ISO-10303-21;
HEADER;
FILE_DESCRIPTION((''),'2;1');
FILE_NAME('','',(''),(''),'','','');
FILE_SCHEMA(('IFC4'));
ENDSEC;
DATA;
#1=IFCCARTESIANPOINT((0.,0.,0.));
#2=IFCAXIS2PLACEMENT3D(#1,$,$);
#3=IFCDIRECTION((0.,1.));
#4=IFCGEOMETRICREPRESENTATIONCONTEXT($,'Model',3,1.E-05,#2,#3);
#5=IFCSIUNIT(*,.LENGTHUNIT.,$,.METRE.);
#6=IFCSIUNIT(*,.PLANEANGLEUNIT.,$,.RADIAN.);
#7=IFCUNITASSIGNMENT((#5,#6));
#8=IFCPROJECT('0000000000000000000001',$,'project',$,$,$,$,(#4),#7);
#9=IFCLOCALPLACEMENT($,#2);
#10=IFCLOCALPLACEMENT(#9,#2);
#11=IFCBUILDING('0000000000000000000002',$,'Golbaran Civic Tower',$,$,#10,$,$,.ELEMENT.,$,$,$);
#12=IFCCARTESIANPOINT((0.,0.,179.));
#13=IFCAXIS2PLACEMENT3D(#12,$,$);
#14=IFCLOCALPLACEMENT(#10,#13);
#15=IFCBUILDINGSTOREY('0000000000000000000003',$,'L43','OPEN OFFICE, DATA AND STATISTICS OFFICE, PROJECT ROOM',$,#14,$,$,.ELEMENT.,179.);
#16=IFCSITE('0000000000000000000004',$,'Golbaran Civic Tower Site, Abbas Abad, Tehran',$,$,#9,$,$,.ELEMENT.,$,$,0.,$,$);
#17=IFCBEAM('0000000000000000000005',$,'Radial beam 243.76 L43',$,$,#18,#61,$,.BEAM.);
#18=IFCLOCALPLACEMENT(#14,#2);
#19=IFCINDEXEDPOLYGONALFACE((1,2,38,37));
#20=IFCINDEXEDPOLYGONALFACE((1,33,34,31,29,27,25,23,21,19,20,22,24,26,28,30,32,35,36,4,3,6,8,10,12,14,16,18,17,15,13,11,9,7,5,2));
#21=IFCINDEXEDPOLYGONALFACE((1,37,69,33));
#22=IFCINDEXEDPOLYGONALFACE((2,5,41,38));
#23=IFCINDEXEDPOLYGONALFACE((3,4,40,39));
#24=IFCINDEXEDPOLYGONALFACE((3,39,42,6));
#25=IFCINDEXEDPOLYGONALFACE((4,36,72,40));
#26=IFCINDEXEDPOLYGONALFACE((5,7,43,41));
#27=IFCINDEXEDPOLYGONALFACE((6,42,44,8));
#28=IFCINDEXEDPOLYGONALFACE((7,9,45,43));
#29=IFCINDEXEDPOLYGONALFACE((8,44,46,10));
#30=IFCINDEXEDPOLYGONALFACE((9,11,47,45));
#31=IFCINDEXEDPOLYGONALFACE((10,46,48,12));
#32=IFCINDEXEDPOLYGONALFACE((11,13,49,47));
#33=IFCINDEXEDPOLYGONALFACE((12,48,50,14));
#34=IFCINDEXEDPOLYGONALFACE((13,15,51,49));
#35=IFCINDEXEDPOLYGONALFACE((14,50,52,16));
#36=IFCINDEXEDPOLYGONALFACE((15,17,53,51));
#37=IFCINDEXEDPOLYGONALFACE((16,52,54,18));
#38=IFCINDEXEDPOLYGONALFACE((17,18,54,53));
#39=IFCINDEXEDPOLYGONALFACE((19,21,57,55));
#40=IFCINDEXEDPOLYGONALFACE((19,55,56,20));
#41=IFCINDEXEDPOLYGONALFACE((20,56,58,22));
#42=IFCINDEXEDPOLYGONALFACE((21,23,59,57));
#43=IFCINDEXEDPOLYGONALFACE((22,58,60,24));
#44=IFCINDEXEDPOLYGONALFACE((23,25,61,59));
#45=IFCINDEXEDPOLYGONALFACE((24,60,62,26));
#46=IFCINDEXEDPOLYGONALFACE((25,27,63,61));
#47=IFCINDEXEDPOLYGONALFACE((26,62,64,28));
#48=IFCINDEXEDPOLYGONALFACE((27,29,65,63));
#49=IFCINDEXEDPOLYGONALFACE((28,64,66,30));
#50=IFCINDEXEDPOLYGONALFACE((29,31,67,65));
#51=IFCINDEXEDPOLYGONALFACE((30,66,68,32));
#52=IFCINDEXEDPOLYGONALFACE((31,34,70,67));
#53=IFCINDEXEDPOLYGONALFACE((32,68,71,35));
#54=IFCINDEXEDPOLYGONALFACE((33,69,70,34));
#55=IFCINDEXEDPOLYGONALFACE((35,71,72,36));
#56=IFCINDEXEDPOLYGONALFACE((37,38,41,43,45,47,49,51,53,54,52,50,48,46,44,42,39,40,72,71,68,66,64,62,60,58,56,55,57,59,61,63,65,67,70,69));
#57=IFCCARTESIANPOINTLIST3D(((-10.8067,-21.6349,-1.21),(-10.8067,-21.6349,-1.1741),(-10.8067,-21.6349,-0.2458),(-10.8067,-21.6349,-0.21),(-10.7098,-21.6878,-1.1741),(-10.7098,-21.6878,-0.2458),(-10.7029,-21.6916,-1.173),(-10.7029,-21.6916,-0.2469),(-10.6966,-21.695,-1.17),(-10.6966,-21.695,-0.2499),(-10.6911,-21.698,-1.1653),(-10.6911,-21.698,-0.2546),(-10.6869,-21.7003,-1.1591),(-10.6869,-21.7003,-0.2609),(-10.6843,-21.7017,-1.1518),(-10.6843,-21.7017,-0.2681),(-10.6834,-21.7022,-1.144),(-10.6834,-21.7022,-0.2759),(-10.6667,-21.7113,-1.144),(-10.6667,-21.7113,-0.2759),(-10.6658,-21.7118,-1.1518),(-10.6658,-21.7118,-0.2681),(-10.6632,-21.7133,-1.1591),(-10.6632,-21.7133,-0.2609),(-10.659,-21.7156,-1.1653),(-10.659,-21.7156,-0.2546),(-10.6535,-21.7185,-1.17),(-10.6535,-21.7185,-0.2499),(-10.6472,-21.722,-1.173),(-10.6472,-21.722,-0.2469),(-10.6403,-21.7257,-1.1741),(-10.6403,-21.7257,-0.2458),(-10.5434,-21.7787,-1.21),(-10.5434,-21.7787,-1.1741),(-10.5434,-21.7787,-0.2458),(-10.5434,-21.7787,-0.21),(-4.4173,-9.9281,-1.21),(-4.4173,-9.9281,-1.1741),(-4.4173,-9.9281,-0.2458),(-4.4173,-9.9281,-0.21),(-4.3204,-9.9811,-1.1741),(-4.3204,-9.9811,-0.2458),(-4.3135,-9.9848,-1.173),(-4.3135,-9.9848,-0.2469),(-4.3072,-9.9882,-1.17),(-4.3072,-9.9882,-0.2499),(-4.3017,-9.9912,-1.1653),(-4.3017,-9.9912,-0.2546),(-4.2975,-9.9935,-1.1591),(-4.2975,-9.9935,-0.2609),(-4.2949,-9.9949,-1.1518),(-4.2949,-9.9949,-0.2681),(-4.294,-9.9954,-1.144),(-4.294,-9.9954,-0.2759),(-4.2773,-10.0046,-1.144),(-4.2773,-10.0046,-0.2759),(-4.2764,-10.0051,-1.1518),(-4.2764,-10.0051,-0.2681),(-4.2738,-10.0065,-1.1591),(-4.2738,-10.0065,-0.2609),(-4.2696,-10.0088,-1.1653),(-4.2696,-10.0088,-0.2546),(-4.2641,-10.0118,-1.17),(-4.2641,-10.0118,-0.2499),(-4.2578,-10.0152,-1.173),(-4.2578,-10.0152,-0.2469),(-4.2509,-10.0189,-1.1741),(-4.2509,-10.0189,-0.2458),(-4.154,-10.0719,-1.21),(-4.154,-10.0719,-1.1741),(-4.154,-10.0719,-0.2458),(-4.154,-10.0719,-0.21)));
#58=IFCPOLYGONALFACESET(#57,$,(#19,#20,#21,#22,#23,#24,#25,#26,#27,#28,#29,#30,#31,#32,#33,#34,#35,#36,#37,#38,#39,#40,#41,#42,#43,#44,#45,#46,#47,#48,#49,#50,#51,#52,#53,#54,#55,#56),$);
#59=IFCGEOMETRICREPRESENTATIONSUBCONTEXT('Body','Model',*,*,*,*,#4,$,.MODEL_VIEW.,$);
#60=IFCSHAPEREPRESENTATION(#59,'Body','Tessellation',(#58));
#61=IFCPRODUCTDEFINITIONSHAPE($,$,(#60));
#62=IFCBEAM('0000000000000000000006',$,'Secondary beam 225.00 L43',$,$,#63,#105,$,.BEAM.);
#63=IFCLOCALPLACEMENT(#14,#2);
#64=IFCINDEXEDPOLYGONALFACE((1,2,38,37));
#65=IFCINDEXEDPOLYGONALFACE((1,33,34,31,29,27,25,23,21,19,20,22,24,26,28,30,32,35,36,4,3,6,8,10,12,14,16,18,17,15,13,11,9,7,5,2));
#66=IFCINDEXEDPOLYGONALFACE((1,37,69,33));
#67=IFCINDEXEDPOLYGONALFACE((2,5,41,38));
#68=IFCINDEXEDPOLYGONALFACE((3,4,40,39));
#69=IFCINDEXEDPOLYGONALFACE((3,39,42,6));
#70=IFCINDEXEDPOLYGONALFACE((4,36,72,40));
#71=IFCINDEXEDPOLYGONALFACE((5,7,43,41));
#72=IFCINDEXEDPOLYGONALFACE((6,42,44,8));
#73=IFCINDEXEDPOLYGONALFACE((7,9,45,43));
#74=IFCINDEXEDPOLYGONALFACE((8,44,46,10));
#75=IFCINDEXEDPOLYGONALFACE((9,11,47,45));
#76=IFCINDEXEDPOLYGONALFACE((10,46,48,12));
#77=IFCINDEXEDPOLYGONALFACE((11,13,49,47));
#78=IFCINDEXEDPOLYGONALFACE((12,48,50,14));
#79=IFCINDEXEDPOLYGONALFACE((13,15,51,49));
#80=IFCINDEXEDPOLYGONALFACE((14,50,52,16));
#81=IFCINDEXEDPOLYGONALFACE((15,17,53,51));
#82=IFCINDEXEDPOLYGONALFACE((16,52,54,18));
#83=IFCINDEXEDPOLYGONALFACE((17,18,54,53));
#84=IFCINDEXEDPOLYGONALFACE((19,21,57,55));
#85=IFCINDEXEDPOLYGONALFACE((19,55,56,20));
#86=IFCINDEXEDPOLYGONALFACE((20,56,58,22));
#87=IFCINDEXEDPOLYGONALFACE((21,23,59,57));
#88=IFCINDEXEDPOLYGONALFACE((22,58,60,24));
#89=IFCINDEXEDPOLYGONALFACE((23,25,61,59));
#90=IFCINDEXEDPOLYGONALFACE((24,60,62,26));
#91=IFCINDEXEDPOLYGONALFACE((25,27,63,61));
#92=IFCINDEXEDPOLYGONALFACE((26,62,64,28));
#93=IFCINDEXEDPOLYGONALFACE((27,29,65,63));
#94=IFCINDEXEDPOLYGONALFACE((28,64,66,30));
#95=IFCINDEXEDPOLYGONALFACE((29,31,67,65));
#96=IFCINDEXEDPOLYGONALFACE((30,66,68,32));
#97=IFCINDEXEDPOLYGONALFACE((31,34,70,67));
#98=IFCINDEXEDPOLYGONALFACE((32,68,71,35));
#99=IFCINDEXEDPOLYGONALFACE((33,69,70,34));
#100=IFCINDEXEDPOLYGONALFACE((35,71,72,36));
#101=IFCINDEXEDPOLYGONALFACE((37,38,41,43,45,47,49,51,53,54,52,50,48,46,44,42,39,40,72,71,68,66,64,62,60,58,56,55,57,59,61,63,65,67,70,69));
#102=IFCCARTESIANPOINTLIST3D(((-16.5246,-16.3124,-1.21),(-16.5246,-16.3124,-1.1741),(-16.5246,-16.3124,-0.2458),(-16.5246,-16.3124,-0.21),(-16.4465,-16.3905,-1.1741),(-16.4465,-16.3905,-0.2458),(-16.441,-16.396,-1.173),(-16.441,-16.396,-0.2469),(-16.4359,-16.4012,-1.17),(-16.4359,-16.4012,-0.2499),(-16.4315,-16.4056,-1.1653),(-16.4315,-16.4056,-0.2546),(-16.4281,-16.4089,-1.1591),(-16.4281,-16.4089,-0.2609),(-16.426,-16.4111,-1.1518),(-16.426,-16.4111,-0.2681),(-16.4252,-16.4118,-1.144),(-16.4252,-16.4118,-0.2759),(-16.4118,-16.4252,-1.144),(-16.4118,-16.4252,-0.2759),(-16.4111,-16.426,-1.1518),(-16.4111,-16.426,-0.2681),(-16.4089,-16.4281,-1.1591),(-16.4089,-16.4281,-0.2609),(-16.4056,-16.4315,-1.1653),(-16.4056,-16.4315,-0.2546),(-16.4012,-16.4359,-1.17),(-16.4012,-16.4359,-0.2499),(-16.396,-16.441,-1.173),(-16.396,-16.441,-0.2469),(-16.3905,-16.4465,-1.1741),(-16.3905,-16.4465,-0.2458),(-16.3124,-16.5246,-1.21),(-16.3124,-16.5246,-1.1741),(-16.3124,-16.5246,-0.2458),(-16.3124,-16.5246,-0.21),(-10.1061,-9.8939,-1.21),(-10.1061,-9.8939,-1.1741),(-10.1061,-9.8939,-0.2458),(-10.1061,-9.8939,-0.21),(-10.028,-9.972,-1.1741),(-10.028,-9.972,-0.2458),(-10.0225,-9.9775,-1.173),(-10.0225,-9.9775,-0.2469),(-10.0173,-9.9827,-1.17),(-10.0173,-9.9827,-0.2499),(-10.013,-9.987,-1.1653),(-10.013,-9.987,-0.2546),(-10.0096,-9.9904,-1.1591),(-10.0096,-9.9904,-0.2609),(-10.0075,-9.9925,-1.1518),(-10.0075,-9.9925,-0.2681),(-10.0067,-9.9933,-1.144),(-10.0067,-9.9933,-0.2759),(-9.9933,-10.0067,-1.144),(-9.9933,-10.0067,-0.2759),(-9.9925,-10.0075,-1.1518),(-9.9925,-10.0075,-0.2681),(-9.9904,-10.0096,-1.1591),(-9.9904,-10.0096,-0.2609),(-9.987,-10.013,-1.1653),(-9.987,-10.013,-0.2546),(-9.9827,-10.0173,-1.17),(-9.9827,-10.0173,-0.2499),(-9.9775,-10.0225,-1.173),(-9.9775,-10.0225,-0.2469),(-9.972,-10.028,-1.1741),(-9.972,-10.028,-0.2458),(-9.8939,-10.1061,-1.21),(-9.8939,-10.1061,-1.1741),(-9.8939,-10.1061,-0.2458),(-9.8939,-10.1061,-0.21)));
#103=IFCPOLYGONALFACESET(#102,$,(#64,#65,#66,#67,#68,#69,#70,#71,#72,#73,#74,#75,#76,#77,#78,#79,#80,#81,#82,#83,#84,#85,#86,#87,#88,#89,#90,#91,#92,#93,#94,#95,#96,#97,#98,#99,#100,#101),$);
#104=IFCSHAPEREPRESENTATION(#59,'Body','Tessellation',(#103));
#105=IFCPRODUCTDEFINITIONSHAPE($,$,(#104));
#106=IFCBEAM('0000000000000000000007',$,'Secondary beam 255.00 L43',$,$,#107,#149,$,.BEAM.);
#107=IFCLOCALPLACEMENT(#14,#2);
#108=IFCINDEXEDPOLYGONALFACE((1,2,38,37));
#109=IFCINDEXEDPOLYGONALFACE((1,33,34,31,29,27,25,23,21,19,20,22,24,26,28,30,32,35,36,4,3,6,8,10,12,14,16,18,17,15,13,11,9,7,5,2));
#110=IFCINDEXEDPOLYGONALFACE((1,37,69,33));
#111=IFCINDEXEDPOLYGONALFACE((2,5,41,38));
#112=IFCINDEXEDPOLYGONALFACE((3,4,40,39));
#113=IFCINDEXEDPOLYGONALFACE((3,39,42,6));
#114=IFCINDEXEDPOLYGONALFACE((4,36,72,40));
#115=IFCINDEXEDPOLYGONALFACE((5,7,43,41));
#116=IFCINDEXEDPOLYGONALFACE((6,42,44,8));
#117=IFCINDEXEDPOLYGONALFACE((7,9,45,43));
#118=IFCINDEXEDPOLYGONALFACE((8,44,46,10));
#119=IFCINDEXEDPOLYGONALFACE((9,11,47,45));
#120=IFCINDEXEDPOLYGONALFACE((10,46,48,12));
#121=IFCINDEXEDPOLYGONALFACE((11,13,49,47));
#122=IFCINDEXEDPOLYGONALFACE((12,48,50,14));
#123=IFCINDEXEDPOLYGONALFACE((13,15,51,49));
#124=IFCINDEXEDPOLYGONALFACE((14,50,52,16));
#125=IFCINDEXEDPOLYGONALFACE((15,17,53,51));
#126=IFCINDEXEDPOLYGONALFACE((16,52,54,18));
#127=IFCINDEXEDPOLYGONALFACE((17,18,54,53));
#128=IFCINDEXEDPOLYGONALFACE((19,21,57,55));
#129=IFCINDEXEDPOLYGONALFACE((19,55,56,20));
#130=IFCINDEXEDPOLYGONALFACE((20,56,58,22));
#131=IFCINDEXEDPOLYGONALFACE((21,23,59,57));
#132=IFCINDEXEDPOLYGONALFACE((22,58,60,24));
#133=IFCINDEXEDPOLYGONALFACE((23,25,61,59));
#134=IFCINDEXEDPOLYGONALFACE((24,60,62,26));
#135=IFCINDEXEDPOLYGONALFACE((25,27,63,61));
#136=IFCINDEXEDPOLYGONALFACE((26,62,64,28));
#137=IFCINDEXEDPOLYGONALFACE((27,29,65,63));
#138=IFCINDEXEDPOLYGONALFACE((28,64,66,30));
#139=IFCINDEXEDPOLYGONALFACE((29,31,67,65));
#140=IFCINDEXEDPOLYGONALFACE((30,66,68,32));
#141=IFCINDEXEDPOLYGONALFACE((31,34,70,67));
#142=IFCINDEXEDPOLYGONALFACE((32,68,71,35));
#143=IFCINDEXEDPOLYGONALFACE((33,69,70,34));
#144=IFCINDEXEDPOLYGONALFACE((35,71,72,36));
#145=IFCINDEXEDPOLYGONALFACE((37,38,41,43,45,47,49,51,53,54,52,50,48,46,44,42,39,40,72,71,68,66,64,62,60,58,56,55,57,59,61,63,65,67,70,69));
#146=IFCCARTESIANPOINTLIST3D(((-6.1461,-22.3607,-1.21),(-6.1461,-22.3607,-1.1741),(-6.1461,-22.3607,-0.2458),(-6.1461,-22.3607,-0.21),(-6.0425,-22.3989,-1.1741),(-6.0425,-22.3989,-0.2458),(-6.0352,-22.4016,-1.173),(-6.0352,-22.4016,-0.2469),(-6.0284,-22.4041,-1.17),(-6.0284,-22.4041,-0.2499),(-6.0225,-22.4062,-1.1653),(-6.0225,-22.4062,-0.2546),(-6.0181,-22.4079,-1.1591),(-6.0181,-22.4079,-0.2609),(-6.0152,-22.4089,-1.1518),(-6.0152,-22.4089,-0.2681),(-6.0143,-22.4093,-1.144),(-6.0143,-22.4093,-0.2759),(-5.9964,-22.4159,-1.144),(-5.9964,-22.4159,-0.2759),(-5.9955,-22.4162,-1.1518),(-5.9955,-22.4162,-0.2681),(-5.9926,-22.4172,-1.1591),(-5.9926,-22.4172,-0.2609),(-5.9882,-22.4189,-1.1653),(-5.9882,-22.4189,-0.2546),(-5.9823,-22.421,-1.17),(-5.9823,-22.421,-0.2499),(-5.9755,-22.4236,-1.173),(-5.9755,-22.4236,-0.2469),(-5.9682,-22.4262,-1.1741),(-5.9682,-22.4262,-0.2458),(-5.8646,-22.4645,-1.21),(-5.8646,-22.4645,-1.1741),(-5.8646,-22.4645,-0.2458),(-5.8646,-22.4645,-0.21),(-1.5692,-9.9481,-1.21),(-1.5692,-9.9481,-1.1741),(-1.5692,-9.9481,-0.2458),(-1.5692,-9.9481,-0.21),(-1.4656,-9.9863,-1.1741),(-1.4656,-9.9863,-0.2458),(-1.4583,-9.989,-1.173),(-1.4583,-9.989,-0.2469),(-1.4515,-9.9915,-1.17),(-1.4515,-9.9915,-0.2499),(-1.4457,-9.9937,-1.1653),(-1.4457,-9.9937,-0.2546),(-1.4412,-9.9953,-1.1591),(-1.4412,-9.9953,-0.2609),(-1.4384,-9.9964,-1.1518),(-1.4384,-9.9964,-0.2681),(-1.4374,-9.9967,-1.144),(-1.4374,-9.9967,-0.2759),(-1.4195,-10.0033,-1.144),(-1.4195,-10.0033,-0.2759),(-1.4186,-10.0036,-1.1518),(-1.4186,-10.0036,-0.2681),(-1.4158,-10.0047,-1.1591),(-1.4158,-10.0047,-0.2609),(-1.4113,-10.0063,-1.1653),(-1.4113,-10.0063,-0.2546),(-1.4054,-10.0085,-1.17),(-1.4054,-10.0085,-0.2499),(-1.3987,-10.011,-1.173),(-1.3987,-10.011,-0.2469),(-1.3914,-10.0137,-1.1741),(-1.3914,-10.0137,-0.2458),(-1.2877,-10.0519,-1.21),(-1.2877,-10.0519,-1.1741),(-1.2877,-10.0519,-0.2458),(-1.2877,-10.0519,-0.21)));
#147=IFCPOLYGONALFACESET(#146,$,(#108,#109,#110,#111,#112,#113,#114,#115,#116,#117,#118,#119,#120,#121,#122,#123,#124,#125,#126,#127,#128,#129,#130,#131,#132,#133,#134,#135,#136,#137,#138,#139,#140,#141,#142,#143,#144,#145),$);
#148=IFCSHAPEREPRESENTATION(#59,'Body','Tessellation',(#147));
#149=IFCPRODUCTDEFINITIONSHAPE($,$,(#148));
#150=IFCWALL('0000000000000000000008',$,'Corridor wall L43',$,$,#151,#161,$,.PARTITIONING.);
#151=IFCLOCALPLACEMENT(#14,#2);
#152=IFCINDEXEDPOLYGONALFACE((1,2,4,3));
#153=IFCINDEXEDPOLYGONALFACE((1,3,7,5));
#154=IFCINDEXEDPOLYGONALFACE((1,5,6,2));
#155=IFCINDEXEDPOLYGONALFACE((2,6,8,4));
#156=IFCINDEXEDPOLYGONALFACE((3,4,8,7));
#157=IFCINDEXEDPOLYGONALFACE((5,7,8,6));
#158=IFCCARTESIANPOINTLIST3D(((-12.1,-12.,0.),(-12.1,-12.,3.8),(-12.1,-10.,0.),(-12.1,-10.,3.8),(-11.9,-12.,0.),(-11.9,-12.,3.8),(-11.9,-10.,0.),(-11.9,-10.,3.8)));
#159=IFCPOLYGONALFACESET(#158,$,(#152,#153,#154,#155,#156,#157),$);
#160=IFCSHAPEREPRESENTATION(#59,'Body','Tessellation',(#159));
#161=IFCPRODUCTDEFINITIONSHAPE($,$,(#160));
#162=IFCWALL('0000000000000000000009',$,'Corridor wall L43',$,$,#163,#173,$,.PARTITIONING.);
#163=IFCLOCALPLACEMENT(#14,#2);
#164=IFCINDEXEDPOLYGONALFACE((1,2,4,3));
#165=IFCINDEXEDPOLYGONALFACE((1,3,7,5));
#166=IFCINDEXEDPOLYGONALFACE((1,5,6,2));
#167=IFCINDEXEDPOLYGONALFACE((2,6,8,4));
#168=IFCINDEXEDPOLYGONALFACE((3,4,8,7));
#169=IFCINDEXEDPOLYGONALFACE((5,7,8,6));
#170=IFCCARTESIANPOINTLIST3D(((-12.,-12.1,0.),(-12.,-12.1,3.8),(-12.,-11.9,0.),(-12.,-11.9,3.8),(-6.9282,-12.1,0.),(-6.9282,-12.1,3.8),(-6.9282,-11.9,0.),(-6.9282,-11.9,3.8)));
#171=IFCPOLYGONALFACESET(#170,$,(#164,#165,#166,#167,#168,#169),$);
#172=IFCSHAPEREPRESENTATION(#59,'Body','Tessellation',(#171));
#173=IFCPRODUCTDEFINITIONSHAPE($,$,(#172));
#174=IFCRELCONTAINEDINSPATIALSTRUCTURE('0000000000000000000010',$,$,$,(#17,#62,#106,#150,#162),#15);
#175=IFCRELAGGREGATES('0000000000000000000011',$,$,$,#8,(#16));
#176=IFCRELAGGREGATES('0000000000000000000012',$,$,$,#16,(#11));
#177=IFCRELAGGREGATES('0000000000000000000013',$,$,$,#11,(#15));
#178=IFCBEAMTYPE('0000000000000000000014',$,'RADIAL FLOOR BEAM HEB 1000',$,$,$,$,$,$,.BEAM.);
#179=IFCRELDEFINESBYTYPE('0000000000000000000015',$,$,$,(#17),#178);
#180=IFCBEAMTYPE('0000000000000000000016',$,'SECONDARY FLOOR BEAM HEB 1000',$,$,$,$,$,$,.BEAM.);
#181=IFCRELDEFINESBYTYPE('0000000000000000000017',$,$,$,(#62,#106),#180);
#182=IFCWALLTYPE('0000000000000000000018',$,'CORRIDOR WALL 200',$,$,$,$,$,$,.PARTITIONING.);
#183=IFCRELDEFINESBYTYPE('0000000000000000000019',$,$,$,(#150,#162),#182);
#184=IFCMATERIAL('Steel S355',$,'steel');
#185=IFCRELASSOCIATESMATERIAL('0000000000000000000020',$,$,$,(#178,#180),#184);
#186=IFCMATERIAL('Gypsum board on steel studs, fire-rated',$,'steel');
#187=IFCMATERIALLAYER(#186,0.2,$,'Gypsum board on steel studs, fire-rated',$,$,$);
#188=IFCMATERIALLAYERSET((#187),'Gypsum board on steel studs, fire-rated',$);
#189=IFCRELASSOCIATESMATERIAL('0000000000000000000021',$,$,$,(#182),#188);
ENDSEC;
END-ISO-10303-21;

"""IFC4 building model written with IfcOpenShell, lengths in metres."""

from ifc_helpers import new_model, si_unit, direction, frame, frame_2d, origin, origin_2d, place, context, subcontext, project, spatial, rectangle, i_section, extrude, material, layer, layer_set, material_profile, profile_set, type_object, element, save


model = new_model("IFC4")

# Units and contexts
model_context = context("Model", 3, precision=1e-05, world=origin(), true_north=direction((0.0, 1.0)))
body_context = subcontext(model_context, "Body", "Model", "MODEL_VIEW")
ifc_project = project(units=[si_unit("LENGTHUNIT", "METRE"), si_unit("PLANEANGLEUNIT", "RADIAN")], contexts=[model_context])

# Site, building, storey
site_placement = place(None, origin())
site = spatial("IfcSite", under=ifc_project, at=site_placement, Name="Golbaran Civic Tower Site, Abbas Abad, Tehran", CompositionType="ELEMENT", RefElevation=0.0)
building_placement = place(site_placement, origin())
building = spatial("IfcBuilding", under=site, at=building_placement, Name="Golbaran Civic Tower", CompositionType="ELEMENT")
storey_placement = place(building_placement, frame((0.0, 0.0, 179.0)))
storey = spatial("IfcBuildingStorey", under=building, at=storey_placement, Name="L43", Description="OPEN OFFICE, DATA AND STATISTICS OFFICE, PROJECT ROOM", CompositionType="ELEMENT", Elevation=179.0)

# Beams
ifc_material_1 = material(Name="Steel S355", Category="steel")
ifc_material_profile_1 = material_profile(ifc_material_1, i_section(OverallWidth=0.3, OverallDepth=1.0, WebThickness=0.019, FlangeThickness=0.0359, FilletRadius=0.03, at=origin_2d()), Name="HEB 1000")
ifc_profile_set_1 = profile_set([ifc_material_profile_1], Name="Steel S355")
beam_type_1 = type_object("IfcBeamType", Name="RADIAL FLOOR BEAM HEB 1000", PredefinedType="BEAM", material=ifc_profile_set_1)
beam_1_placement = place(storey_placement, frame((-4.2856, -10.0, -0.71), z_axis=(-0.479077, -0.877773, 0.0), x_axis=(0.877773, -0.479077, 0.0)))
element("IfcBeam", 1, at=beam_1_placement, inside=storey, type_object=beam_type_1, Name="Radial beam 243.76 L43", PredefinedType="BEAM", context=body_context, shape_type="SweptSolid", body=[
    extrude(i_section(OverallWidth=0.3, OverallDepth=1.0, WebThickness=0.019, FlangeThickness=0.0359, FilletRadius=0.03, at=origin_2d()), origin(), (0.0, 0.0, 1.0), 13.3369),
])
ifc_material_profile_2 = material_profile(ifc_material_1, i_section(OverallWidth=0.3, OverallDepth=1.0, WebThickness=0.019, FlangeThickness=0.0359, FilletRadius=0.03, at=origin_2d()), Name="HEB 1000")
ifc_profile_set_2 = profile_set([ifc_material_profile_2], Name="Steel S355")
beam_type_2 = type_object("IfcBeamType", Name="SECONDARY FLOOR BEAM HEB 1000", PredefinedType="BEAM", material=ifc_profile_set_2)
beam_2_placement = place(storey_placement, frame((-10.0, -10.0, -0.71), z_axis=(-0.707107, -0.707107, 0.0), x_axis=(0.707107, -0.707107, 0.0)))
element("IfcBeam", 2, at=beam_2_placement, inside=storey, type_object=beam_type_2, Name="Secondary beam 225.00 L43", PredefinedType="BEAM", context=body_context, shape_type="SweptSolid", body=[
    extrude(i_section(OverallWidth=0.3, OverallDepth=1.0, WebThickness=0.019, FlangeThickness=0.0359, FilletRadius=0.03, at=origin_2d()), origin(), (0.0, 0.0, 1.0), 9.0771),
])
beam_3_placement = place(storey_placement, frame((-1.4285, -10.0, -0.71), z_axis=(-0.345961, -0.938249, 0.0), x_axis=(0.938249, -0.345961, 0.0)))
element("IfcBeam", 3, at=beam_3_placement, inside=storey, type_object=beam_type_2, Name="Secondary beam 255.00 L43", PredefinedType="BEAM", context=body_context, shape_type="SweptSolid", body=[
    extrude(i_section(OverallWidth=0.3, OverallDepth=1.0, WebThickness=0.019, FlangeThickness=0.0359, FilletRadius=0.03, at=origin_2d()), origin(), (0.0, 0.0, 1.0), 13.2295),
])

# Walls
ifc_material_2 = material(Name="Gypsum board on steel studs, fire-rated", Category="steel")
ifc_layer_1 = layer(ifc_material_2, 0.2, Name="Gypsum board on steel studs, fire-rated")
ifc_layer_set_1 = layer_set([ifc_layer_1], Name="Gypsum board on steel studs, fire-rated")
wall_type_1 = type_object("IfcWallType", Name="CORRIDOR WALL 200", PredefinedType="PARTITIONING", material=ifc_layer_set_1)
wall_1_placement = place(storey_placement, frame((-12.0, -10.0, 0.0), z_axis=(0.0, 0.0, 1.0), x_axis=(0.0, -1.0, 0.0)))
element("IfcWall", 4, at=wall_1_placement, inside=storey, type_object=wall_type_1, Name="Corridor wall L43", PredefinedType="PARTITIONING", context=body_context, shape_type="SweptSolid", body=[
    extrude(rectangle(XDim=2.0, YDim=0.2, at=frame_2d((1.0, 0.0))), origin(), (0.0, 0.0, 1.0), 3.8),
])
wall_2_placement = place(storey_placement, frame((-12.0, -12.0, 0.0), z_axis=(0.0, 0.0, 1.0), x_axis=(1.0, 0.0, 0.0)))
element("IfcWall", 5, at=wall_2_placement, inside=storey, type_object=wall_type_1, Name="Corridor wall L43", PredefinedType="PARTITIONING", context=body_context, shape_type="SweptSolid", body=[
    extrude(rectangle(XDim=5.0718, YDim=0.2, at=frame_2d((2.5359, 0.0))), origin(), (0.0, 0.0, 1.0), 3.8),
])

save(model, "model.ifc")
